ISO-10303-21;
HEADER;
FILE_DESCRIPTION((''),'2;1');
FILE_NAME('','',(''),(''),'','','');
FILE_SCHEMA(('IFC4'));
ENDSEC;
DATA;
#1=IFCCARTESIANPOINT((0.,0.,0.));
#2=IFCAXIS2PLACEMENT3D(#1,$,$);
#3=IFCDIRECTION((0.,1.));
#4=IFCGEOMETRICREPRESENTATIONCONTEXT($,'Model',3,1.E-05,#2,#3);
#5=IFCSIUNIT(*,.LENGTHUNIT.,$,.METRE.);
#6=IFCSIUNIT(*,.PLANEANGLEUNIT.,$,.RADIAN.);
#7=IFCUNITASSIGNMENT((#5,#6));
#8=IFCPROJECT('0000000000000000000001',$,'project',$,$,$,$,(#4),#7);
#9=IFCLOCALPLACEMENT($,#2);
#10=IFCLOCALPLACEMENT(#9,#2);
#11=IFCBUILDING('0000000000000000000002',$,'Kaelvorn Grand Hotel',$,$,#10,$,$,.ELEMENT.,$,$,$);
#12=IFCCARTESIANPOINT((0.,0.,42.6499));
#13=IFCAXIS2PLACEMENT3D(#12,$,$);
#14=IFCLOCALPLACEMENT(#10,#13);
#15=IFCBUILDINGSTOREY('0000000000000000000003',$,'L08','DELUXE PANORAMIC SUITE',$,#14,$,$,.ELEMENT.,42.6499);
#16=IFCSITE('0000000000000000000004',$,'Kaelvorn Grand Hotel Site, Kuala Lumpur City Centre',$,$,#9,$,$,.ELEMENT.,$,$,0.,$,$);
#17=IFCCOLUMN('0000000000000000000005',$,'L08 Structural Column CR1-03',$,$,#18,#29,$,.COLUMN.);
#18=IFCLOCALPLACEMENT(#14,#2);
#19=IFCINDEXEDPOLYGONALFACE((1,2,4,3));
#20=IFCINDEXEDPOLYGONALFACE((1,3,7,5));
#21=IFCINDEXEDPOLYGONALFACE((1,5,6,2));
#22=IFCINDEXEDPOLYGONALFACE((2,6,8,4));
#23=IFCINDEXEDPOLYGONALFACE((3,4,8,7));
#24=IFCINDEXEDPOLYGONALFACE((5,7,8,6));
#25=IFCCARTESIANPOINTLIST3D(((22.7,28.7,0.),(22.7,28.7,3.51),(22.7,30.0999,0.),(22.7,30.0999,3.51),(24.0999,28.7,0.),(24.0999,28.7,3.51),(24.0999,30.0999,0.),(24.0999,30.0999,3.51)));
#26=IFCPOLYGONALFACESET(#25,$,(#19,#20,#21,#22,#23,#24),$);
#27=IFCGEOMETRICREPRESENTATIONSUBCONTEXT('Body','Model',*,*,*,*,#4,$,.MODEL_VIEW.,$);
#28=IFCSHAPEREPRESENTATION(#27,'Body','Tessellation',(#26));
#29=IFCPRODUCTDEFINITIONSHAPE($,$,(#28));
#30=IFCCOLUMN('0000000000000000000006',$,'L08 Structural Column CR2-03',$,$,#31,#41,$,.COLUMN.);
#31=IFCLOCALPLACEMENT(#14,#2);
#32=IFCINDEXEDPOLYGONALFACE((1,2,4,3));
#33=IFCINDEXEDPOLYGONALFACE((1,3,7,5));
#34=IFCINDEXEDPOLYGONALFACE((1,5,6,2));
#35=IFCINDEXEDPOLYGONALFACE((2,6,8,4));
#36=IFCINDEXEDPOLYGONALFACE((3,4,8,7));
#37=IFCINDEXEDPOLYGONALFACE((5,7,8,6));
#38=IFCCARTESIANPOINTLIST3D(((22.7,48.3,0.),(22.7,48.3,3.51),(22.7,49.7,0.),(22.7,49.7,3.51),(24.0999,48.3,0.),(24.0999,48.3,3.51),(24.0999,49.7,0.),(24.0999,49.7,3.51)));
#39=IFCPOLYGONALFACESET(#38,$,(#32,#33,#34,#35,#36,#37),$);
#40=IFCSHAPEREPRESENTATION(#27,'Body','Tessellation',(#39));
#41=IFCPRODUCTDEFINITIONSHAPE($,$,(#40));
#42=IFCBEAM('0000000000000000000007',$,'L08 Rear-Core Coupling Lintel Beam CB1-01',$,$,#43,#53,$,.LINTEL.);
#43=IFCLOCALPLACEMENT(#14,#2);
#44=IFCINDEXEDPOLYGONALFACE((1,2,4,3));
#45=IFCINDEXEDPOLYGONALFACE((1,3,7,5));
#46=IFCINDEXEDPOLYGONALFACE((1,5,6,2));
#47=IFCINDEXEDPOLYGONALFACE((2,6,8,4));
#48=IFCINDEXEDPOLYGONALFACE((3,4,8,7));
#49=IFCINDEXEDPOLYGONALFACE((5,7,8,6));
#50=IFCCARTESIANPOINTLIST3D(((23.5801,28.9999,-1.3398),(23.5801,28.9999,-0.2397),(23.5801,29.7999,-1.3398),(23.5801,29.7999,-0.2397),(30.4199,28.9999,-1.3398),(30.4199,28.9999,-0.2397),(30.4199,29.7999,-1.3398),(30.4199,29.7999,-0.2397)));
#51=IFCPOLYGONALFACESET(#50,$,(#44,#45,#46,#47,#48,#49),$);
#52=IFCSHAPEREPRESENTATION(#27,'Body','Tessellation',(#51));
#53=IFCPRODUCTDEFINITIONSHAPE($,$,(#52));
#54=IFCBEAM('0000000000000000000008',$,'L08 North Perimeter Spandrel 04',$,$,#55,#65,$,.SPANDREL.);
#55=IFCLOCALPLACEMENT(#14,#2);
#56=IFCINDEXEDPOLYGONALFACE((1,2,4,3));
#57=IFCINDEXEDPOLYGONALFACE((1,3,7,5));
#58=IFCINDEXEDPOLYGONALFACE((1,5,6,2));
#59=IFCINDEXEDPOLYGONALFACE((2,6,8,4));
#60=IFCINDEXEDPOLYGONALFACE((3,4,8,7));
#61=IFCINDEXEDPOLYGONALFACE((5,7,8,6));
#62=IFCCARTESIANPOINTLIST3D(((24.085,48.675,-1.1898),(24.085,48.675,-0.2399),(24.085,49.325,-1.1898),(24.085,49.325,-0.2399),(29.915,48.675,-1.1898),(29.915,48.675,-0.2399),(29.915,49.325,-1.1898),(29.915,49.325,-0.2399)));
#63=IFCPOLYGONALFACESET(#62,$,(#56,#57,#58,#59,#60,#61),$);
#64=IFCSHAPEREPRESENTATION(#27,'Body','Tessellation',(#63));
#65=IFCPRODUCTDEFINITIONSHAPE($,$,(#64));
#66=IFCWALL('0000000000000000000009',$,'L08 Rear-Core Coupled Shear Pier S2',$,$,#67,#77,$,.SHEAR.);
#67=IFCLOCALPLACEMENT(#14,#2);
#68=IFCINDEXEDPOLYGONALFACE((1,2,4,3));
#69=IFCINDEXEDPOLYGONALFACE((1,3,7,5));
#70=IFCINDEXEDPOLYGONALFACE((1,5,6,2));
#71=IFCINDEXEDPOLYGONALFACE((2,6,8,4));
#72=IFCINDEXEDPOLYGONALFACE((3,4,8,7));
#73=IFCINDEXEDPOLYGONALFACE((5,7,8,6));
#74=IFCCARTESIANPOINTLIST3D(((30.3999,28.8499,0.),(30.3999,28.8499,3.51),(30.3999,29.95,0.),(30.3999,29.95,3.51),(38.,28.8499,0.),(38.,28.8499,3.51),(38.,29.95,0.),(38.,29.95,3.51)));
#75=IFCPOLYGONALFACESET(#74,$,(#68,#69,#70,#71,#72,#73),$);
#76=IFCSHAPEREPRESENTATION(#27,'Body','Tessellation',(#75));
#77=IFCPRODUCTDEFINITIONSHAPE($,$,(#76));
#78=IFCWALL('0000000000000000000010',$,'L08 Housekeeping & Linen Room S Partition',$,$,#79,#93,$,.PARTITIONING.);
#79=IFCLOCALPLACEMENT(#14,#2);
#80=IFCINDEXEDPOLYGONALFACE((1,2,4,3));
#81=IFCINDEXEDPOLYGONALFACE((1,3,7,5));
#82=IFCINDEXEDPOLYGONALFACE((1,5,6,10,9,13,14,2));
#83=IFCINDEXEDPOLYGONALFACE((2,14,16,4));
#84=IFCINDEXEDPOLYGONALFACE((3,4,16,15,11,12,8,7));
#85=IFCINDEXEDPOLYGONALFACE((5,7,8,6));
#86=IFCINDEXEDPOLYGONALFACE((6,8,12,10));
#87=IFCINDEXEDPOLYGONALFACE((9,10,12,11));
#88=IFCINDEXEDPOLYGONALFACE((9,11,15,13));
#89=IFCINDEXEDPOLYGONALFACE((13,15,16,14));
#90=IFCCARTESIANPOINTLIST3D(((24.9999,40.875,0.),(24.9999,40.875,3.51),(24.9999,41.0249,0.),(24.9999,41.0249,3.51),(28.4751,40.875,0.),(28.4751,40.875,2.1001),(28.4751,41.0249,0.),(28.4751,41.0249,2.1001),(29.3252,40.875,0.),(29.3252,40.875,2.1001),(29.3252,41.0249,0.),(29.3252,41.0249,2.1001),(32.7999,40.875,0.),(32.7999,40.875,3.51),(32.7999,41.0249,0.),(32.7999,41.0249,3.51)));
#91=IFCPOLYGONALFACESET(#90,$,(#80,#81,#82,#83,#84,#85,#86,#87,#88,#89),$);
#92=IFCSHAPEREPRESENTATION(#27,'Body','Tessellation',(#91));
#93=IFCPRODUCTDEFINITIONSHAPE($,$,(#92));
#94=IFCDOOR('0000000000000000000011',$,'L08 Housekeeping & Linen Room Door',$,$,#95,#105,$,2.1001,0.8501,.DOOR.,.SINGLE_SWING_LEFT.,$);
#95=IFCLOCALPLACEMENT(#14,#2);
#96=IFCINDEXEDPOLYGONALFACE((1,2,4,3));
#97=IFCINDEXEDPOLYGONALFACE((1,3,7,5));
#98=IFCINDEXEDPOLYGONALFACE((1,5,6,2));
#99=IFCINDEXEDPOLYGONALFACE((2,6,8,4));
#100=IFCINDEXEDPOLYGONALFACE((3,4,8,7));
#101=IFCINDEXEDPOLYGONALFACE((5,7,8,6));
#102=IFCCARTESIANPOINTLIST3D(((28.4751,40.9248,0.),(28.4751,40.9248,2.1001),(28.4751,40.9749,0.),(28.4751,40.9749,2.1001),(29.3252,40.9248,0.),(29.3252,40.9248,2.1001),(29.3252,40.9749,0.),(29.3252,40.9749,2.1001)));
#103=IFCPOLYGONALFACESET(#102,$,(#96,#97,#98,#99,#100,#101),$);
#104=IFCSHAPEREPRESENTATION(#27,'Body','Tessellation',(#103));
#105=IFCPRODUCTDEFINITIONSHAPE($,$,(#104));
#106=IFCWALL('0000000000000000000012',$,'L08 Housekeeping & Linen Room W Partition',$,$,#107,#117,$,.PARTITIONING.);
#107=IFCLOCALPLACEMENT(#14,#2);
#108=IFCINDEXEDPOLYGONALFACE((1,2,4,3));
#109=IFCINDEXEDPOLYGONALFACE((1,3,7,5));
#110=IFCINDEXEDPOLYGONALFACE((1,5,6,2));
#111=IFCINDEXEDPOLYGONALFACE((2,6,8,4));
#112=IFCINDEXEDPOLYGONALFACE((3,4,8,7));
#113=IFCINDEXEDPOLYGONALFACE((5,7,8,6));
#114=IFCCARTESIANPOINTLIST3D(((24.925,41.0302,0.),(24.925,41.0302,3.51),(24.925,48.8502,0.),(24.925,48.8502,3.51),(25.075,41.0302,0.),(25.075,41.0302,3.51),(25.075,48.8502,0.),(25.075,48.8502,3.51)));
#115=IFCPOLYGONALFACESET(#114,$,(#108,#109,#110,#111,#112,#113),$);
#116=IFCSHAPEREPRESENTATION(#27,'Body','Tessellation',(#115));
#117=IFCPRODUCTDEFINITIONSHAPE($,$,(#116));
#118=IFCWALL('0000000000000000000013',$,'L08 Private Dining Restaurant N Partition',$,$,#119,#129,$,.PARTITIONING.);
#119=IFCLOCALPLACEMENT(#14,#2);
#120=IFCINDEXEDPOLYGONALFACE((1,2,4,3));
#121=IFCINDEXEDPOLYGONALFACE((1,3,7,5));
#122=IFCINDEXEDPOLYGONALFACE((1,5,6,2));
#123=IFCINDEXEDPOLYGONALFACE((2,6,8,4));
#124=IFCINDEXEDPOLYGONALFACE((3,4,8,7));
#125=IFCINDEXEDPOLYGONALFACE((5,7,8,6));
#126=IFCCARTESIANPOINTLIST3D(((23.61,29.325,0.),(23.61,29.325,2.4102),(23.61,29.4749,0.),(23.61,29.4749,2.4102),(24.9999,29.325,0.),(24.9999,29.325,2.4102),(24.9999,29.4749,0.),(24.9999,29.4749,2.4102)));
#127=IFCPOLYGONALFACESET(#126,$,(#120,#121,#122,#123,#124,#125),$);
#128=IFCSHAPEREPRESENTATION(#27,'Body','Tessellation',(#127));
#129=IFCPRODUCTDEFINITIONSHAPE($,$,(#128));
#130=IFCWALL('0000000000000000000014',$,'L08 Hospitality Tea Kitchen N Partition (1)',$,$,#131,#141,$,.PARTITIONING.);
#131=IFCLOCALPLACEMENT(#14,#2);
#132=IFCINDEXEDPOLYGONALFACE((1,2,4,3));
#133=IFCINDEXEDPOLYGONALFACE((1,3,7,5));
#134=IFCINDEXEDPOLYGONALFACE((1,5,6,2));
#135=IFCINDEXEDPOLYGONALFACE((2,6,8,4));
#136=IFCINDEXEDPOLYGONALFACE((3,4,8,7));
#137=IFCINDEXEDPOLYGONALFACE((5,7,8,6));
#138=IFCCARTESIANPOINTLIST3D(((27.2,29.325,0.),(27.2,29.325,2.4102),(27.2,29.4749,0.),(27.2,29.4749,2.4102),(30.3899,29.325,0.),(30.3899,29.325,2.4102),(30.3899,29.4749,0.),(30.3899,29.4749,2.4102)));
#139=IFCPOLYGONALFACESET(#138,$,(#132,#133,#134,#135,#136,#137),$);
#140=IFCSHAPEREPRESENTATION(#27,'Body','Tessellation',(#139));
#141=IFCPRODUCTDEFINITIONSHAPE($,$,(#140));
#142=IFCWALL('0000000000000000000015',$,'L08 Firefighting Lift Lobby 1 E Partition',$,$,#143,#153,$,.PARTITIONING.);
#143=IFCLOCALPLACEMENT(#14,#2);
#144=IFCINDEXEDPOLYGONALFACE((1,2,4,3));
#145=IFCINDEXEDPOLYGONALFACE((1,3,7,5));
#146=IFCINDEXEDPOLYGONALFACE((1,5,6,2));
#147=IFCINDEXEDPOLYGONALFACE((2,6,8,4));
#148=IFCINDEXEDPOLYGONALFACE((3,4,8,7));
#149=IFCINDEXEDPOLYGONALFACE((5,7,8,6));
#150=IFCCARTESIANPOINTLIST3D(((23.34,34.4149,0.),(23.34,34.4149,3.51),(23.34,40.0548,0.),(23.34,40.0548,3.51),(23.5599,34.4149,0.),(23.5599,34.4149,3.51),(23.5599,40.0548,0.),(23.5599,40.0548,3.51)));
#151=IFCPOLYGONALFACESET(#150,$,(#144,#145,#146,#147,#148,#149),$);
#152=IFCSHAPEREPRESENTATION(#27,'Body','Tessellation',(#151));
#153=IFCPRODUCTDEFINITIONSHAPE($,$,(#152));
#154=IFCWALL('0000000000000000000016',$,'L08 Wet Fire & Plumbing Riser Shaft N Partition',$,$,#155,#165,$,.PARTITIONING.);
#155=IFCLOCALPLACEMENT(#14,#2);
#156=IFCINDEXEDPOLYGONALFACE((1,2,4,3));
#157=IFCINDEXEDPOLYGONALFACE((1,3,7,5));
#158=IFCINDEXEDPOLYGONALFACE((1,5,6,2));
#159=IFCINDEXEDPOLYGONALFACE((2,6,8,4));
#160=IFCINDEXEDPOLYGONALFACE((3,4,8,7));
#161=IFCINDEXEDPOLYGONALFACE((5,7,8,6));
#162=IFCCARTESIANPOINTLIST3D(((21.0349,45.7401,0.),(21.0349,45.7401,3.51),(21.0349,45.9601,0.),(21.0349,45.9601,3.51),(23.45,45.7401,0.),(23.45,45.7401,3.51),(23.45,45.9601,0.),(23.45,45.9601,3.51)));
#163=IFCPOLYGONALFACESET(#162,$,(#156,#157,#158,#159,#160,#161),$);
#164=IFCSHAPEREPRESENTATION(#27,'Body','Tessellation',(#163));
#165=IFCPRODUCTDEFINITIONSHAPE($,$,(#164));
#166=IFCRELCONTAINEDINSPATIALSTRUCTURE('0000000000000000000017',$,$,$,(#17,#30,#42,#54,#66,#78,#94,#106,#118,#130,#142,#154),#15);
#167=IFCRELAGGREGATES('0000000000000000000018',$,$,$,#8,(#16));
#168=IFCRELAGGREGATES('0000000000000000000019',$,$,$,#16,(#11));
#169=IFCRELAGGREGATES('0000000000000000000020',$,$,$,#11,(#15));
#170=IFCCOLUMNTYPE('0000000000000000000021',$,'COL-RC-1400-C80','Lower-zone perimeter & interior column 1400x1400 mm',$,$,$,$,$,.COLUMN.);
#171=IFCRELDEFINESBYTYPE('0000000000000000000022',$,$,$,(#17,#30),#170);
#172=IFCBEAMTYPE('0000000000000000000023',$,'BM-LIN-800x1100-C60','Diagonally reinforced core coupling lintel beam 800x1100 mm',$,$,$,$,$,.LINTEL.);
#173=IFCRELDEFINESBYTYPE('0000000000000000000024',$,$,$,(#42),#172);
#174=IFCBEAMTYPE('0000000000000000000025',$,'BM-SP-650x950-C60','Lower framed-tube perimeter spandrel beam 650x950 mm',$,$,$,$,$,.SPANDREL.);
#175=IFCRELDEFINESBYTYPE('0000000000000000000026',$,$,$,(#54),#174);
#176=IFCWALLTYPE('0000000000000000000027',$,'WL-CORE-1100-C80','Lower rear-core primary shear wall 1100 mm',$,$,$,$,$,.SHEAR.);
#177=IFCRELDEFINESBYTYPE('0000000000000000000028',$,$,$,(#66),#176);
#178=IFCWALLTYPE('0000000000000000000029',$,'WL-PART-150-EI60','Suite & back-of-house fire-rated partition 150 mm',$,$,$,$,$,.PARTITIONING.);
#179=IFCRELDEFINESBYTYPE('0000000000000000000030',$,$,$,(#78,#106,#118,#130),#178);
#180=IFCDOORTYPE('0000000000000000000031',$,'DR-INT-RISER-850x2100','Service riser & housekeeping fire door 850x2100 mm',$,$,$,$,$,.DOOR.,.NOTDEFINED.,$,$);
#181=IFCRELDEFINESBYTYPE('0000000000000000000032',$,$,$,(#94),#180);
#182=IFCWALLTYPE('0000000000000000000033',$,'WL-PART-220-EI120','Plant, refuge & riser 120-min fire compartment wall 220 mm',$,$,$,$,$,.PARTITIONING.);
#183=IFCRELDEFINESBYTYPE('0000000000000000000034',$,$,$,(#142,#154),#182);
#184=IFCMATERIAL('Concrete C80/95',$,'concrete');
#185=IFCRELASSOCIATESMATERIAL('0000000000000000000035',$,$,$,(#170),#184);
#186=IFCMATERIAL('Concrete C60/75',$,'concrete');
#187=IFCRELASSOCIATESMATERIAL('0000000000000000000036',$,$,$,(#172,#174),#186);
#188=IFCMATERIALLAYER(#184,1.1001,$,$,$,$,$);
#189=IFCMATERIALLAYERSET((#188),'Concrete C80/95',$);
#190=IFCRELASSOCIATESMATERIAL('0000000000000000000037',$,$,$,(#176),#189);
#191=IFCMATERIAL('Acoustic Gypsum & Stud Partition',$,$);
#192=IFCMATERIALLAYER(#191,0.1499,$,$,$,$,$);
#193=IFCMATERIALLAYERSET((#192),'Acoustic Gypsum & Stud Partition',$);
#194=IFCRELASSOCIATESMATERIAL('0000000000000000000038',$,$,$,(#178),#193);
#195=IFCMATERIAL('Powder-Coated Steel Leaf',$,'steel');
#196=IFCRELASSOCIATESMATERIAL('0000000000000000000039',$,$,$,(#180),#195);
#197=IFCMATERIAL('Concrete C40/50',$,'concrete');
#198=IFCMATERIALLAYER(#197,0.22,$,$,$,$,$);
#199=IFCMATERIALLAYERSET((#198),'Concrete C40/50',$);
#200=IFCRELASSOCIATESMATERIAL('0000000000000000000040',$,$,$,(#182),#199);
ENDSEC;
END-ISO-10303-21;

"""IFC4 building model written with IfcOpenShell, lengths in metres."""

from ifc_helpers import new_model, si_unit, direction, frame, frame_2d, origin, origin_2d, place, context, subcontext, project, spatial, rectangle, extrude, material, layer, layer_set, material_profile, profile_set, type_object, element, fill, save


model = new_model("IFC4")

# Units and contexts
model_context = context("Model", 3, precision=1e-05, world=origin(), true_north=direction((0.0, 1.0)))
body_context = subcontext(model_context, "Body", "Model", "MODEL_VIEW")
ifc_project = project(units=[si_unit("LENGTHUNIT", "METRE"), si_unit("PLANEANGLEUNIT", "RADIAN")], contexts=[model_context])

# Site, building, storey
site_placement = place(None, origin())
site = spatial("IfcSite", under=ifc_project, at=site_placement, Name="Kaelvorn Grand Hotel Site, Kuala Lumpur City Centre", CompositionType="ELEMENT", RefElevation=0.0)
building_placement = place(site_placement, origin())
building = spatial("IfcBuilding", under=site, at=building_placement, Name="Kaelvorn Grand Hotel", CompositionType="ELEMENT")
storey_placement = place(building_placement, frame((0.0, 0.0, 42.6499)))
storey = spatial("IfcBuildingStorey", under=building, at=storey_placement, Name="L08", Description="DELUXE PANORAMIC SUITE", CompositionType="ELEMENT", Elevation=42.6499)

# Columns
ifc_material_1 = material(Name="Concrete C80/95", Category="concrete")
ifc_material_profile_1 = material_profile(ifc_material_1, rectangle(XDim=1.3999, YDim=1.3999, at=origin_2d()), Name="RC COL 1400x1400")
ifc_profile_set_1 = profile_set([ifc_material_profile_1], Name="Concrete C80/95")
column_type = type_object("IfcColumnType", Name="COL-RC-1400-C80", Description="Lower-zone perimeter & interior column 1400x1400 mm", PredefinedType="COLUMN", material=ifc_profile_set_1)
for number, where, z_axis, x_axis, name in (
    (1, (23.3999, 29.3999, 0.0), (0.0, 0.0, 1.0), (1.0, 0.0, 0.0), "L08 Structural Column CR1-03"),
    (2, (23.3999, 49.0, 0.0), (0.0, 0.0, 1.0), (1.0, 0.0, 0.0), "L08 Structural Column CR2-03"),
):
    element("IfcColumn", number, at=place(storey_placement, frame(where, z_axis=z_axis, x_axis=x_axis)), inside=storey, type_object=column_type, Name=name, PredefinedType="COLUMN", context=body_context, shape_type="SweptSolid", body=[
        extrude(rectangle(XDim=1.3999, YDim=1.3999, at=origin_2d()), origin(), (0.0, 0.0, 1.0), 3.51),
    ])

# Beams
ifc_material_2 = material(Name="Concrete C60/75", Category="concrete")
ifc_material_profile_2 = material_profile(ifc_material_2, rectangle(XDim=0.8, YDim=1.1001, at=origin_2d()), Name="RC LINTEL 800x1100")
ifc_profile_set_2 = profile_set([ifc_material_profile_2], Name="Concrete C60/75")
beam_type_1 = type_object("IfcBeamType", Name="BM-LIN-800x1100-C60", Description="Diagonally reinforced core coupling lintel beam 800x1100 mm", PredefinedType="LINTEL", material=ifc_profile_set_2)
beam_1_placement = place(storey_placement, frame((23.5801, 29.3999, -0.7898), z_axis=(1.0, 0.0, 0.0), x_axis=(0.0, 1.0, 0.0)))
element("IfcBeam", 3, at=beam_1_placement, inside=storey, type_object=beam_type_1, Name="L08 Rear-Core Coupling Lintel Beam CB1-01", PredefinedType="LINTEL", context=body_context, shape_type="SweptSolid", body=[
    extrude(rectangle(XDim=0.8, YDim=1.1001, at=origin_2d()), origin(), (0.0, 0.0, 1.0), 6.8398),
])
ifc_material_profile_3 = material_profile(ifc_material_2, rectangle(XDim=0.6499, YDim=0.95, at=origin_2d()), Name="RC SPANDREL 650x950")
ifc_profile_set_3 = profile_set([ifc_material_profile_3], Name="Concrete C60/75")
beam_type_2 = type_object("IfcBeamType", Name="BM-SP-650x950-C60", Description="Lower framed-tube perimeter spandrel beam 650x950 mm", PredefinedType="SPANDREL", material=ifc_profile_set_3)
beam_2_placement = place(storey_placement, frame((24.085, 49.0, -0.7148), z_axis=(1.0, 0.0, 0.0), x_axis=(0.0, 1.0, 0.0)))
element("IfcBeam", 4, at=beam_2_placement, inside=storey, type_object=beam_type_2, Name="L08 North Perimeter Spandrel 04", PredefinedType="SPANDREL", context=body_context, shape_type="SweptSolid", body=[
    extrude(rectangle(XDim=0.6499, YDim=0.95, at=origin_2d()), origin(), (0.0, 0.0, 1.0), 5.8301),
])

# Wall
ifc_layer_1 = layer(ifc_material_1, 1.1001)
ifc_layer_set_1 = layer_set([ifc_layer_1], Name="Concrete C80/95")
wall_type_1 = type_object("IfcWallType", Name="WL-CORE-1100-C80", Description="Lower rear-core primary shear wall 1100 mm", PredefinedType="SHEAR", material=ifc_layer_set_1)
wall_1_placement = place(storey_placement, frame((30.3999, 29.3999, 0.0), z_axis=(0.0, 0.0, 1.0), x_axis=(1.0, 0.0, 0.0)))
element("IfcWall", 5, at=wall_1_placement, inside=storey, type_object=wall_type_1, Name="L08 Rear-Core Coupled Shear Pier S2", PredefinedType="SHEAR", context=body_context, shape_type="SweptSolid", body=[
    extrude(rectangle(XDim=7.6001, YDim=1.1001, at=frame_2d((3.8, 0.0))), origin(), (0.0, 0.0, 1.0), 3.51),
])

# Wall, opening, door
ifc_material_3 = material(Name="Acoustic Gypsum & Stud Partition")
ifc_layer_2 = layer(ifc_material_3, 0.1499)
ifc_layer_set_2 = layer_set([ifc_layer_2], Name="Acoustic Gypsum & Stud Partition")
wall_type_2 = type_object("IfcWallType", Name="WL-PART-150-EI60", Description="Suite & back-of-house fire-rated partition 150 mm", PredefinedType="PARTITIONING", material=ifc_layer_set_2)
wall_2_placement = place(storey_placement, frame((25.0, 40.95, 0.0), z_axis=(0.0, 0.0, 1.0), x_axis=(1.0, 0.0, 0.0)))
wall_2 = element("IfcWall", 6, at=wall_2_placement, inside=storey, type_object=wall_type_2, Name="L08 Housekeeping & Linen Room S Partition", PredefinedType="PARTITIONING", context=body_context, shape_type="SweptSolid", body=[
    extrude(rectangle(XDim=7.8, YDim=0.1499, at=frame_2d((3.8999, 0.0))), origin(), (0.0, 0.0, 1.0), 3.51),
])
opening_1_placement = place(wall_2_placement, frame((3.4751, 0.0, 0.0)))
opening_1 = element("IfcOpeningElement", 7, at=opening_1_placement, cuts=wall_2, PredefinedType="OPENING", context=body_context, shape_type="SweptSolid", body=[
    extrude(rectangle(XDim=0.8501, YDim=2.1001, at=frame_2d((0.425, 1.05))), frame((0.0, 0.085, 0.0), z_axis=(0.0, -1.0, 0.0), x_axis=(1.0, 0.0, 0.0)), (0.0, 0.0, 1.0), 0.1699),
])
ifc_material_4 = material(Name="Powder-Coated Steel Leaf", Category="steel")
door_type_1 = type_object("IfcDoorType", Name="DR-INT-RISER-850x2100", Description="Service riser & housekeeping fire door 850x2100 mm", OperationType="NOTDEFINED", PredefinedType="DOOR", material=ifc_material_4)
door_1_placement = place(opening_1_placement, origin())
door_1 = element("IfcDoor", 8, at=door_1_placement, inside=storey, type_object=door_type_1, Name="L08 Housekeeping & Linen Room Door", OperationType="SINGLE_SWING_LEFT", OverallHeight=2.1001, OverallWidth=0.8501, PredefinedType="DOOR", context=body_context, shape_type="SweptSolid", body=[
    extrude(rectangle(XDim=0.8501, YDim=2.1001, at=frame_2d((0.425, 1.05))), frame((0.0, 0.0249, 0.0), z_axis=(0.0, -1.0, 0.0), x_axis=(1.0, 0.0, 0.0)), (0.0, 0.0, 1.0), 0.05),
])
fill(opening_1, door_1)

# Walls
wall_3_placement = place(storey_placement, frame((25.0, 41.03, 0.0), z_axis=(0.0, 0.0, 1.0), x_axis=(0.0, 1.0, 0.0)))
element("IfcWall", 9, at=wall_3_placement, inside=storey, type_object=wall_type_2, Name="L08 Housekeeping & Linen Room W Partition", PredefinedType="PARTITIONING", context=body_context, shape_type="SweptSolid", body=[
    extrude(rectangle(XDim=7.8201, YDim=0.1499, at=frame_2d((3.9102, 0.0))), origin(), (0.0, 0.0, 1.0), 3.51),
])
wall_4_placement = place(storey_placement, frame((23.6101, 29.3999, 0.0), z_axis=(0.0, 0.0, 1.0), x_axis=(1.0, 0.0, 0.0)))
element("IfcWall", 10, at=wall_4_placement, inside=storey, type_object=wall_type_2, Name="L08 Private Dining Restaurant N Partition", PredefinedType="PARTITIONING", context=body_context, shape_type="SweptSolid", body=[
    extrude(rectangle(XDim=1.3899, YDim=0.1499, at=frame_2d((0.6948, 0.0))), origin(), (0.0, 0.0, 1.0), 2.4102),
])
wall_5_placement = place(storey_placement, frame((27.2, 29.3999, 0.0), z_axis=(0.0, 0.0, 1.0), x_axis=(1.0, 0.0, 0.0)))
element("IfcWall", 11, at=wall_5_placement, inside=storey, type_object=wall_type_2, Name="L08 Hospitality Tea Kitchen N Partition (1)", PredefinedType="PARTITIONING", context=body_context, shape_type="SweptSolid", body=[
    extrude(rectangle(XDim=3.1899, YDim=0.1499, at=frame_2d((1.595, 0.0))), origin(), (0.0, 0.0, 1.0), 2.4102),
])
ifc_material_5 = material(Name="Concrete C40/50", Category="concrete")
ifc_layer_3 = layer(ifc_material_5, 0.22)
ifc_layer_set_3 = layer_set([ifc_layer_3], Name="Concrete C40/50")
wall_type_3 = type_object("IfcWallType", Name="WL-PART-220-EI120", Description="Plant, refuge & riser 120-min fire compartment wall 220 mm", PredefinedType="PARTITIONING", material=ifc_layer_set_3)
wall_6_placement = place(storey_placement, frame((23.45, 34.415, 0.0), z_axis=(0.0, 0.0, 1.0), x_axis=(0.0, 1.0, 0.0)))
element("IfcWall", 12, at=wall_6_placement, inside=storey, type_object=wall_type_3, Name="L08 Firefighting Lift Lobby 1 E Partition", PredefinedType="PARTITIONING", context=body_context, shape_type="SweptSolid", body=[
    extrude(rectangle(XDim=5.6399, YDim=0.22, at=frame_2d((2.8198, 0.0))), origin(), (0.0, 0.0, 1.0), 3.51),
])
wall_7_placement = place(storey_placement, frame((21.0349, 45.8501, 0.0), z_axis=(0.0, 0.0, 1.0), x_axis=(1.0, 0.0, 0.0)))
element("IfcWall", 13, at=wall_7_placement, inside=storey, type_object=wall_type_3, Name="L08 Wet Fire & Plumbing Riser Shaft N Partition", PredefinedType="PARTITIONING", context=body_context, shape_type="SweptSolid", body=[
    extrude(rectangle(XDim=2.415, YDim=0.22, at=frame_2d((1.2075, 0.0))), origin(), (0.0, 0.0, 1.0), 3.51),
])

save(model, "model.ifc")
